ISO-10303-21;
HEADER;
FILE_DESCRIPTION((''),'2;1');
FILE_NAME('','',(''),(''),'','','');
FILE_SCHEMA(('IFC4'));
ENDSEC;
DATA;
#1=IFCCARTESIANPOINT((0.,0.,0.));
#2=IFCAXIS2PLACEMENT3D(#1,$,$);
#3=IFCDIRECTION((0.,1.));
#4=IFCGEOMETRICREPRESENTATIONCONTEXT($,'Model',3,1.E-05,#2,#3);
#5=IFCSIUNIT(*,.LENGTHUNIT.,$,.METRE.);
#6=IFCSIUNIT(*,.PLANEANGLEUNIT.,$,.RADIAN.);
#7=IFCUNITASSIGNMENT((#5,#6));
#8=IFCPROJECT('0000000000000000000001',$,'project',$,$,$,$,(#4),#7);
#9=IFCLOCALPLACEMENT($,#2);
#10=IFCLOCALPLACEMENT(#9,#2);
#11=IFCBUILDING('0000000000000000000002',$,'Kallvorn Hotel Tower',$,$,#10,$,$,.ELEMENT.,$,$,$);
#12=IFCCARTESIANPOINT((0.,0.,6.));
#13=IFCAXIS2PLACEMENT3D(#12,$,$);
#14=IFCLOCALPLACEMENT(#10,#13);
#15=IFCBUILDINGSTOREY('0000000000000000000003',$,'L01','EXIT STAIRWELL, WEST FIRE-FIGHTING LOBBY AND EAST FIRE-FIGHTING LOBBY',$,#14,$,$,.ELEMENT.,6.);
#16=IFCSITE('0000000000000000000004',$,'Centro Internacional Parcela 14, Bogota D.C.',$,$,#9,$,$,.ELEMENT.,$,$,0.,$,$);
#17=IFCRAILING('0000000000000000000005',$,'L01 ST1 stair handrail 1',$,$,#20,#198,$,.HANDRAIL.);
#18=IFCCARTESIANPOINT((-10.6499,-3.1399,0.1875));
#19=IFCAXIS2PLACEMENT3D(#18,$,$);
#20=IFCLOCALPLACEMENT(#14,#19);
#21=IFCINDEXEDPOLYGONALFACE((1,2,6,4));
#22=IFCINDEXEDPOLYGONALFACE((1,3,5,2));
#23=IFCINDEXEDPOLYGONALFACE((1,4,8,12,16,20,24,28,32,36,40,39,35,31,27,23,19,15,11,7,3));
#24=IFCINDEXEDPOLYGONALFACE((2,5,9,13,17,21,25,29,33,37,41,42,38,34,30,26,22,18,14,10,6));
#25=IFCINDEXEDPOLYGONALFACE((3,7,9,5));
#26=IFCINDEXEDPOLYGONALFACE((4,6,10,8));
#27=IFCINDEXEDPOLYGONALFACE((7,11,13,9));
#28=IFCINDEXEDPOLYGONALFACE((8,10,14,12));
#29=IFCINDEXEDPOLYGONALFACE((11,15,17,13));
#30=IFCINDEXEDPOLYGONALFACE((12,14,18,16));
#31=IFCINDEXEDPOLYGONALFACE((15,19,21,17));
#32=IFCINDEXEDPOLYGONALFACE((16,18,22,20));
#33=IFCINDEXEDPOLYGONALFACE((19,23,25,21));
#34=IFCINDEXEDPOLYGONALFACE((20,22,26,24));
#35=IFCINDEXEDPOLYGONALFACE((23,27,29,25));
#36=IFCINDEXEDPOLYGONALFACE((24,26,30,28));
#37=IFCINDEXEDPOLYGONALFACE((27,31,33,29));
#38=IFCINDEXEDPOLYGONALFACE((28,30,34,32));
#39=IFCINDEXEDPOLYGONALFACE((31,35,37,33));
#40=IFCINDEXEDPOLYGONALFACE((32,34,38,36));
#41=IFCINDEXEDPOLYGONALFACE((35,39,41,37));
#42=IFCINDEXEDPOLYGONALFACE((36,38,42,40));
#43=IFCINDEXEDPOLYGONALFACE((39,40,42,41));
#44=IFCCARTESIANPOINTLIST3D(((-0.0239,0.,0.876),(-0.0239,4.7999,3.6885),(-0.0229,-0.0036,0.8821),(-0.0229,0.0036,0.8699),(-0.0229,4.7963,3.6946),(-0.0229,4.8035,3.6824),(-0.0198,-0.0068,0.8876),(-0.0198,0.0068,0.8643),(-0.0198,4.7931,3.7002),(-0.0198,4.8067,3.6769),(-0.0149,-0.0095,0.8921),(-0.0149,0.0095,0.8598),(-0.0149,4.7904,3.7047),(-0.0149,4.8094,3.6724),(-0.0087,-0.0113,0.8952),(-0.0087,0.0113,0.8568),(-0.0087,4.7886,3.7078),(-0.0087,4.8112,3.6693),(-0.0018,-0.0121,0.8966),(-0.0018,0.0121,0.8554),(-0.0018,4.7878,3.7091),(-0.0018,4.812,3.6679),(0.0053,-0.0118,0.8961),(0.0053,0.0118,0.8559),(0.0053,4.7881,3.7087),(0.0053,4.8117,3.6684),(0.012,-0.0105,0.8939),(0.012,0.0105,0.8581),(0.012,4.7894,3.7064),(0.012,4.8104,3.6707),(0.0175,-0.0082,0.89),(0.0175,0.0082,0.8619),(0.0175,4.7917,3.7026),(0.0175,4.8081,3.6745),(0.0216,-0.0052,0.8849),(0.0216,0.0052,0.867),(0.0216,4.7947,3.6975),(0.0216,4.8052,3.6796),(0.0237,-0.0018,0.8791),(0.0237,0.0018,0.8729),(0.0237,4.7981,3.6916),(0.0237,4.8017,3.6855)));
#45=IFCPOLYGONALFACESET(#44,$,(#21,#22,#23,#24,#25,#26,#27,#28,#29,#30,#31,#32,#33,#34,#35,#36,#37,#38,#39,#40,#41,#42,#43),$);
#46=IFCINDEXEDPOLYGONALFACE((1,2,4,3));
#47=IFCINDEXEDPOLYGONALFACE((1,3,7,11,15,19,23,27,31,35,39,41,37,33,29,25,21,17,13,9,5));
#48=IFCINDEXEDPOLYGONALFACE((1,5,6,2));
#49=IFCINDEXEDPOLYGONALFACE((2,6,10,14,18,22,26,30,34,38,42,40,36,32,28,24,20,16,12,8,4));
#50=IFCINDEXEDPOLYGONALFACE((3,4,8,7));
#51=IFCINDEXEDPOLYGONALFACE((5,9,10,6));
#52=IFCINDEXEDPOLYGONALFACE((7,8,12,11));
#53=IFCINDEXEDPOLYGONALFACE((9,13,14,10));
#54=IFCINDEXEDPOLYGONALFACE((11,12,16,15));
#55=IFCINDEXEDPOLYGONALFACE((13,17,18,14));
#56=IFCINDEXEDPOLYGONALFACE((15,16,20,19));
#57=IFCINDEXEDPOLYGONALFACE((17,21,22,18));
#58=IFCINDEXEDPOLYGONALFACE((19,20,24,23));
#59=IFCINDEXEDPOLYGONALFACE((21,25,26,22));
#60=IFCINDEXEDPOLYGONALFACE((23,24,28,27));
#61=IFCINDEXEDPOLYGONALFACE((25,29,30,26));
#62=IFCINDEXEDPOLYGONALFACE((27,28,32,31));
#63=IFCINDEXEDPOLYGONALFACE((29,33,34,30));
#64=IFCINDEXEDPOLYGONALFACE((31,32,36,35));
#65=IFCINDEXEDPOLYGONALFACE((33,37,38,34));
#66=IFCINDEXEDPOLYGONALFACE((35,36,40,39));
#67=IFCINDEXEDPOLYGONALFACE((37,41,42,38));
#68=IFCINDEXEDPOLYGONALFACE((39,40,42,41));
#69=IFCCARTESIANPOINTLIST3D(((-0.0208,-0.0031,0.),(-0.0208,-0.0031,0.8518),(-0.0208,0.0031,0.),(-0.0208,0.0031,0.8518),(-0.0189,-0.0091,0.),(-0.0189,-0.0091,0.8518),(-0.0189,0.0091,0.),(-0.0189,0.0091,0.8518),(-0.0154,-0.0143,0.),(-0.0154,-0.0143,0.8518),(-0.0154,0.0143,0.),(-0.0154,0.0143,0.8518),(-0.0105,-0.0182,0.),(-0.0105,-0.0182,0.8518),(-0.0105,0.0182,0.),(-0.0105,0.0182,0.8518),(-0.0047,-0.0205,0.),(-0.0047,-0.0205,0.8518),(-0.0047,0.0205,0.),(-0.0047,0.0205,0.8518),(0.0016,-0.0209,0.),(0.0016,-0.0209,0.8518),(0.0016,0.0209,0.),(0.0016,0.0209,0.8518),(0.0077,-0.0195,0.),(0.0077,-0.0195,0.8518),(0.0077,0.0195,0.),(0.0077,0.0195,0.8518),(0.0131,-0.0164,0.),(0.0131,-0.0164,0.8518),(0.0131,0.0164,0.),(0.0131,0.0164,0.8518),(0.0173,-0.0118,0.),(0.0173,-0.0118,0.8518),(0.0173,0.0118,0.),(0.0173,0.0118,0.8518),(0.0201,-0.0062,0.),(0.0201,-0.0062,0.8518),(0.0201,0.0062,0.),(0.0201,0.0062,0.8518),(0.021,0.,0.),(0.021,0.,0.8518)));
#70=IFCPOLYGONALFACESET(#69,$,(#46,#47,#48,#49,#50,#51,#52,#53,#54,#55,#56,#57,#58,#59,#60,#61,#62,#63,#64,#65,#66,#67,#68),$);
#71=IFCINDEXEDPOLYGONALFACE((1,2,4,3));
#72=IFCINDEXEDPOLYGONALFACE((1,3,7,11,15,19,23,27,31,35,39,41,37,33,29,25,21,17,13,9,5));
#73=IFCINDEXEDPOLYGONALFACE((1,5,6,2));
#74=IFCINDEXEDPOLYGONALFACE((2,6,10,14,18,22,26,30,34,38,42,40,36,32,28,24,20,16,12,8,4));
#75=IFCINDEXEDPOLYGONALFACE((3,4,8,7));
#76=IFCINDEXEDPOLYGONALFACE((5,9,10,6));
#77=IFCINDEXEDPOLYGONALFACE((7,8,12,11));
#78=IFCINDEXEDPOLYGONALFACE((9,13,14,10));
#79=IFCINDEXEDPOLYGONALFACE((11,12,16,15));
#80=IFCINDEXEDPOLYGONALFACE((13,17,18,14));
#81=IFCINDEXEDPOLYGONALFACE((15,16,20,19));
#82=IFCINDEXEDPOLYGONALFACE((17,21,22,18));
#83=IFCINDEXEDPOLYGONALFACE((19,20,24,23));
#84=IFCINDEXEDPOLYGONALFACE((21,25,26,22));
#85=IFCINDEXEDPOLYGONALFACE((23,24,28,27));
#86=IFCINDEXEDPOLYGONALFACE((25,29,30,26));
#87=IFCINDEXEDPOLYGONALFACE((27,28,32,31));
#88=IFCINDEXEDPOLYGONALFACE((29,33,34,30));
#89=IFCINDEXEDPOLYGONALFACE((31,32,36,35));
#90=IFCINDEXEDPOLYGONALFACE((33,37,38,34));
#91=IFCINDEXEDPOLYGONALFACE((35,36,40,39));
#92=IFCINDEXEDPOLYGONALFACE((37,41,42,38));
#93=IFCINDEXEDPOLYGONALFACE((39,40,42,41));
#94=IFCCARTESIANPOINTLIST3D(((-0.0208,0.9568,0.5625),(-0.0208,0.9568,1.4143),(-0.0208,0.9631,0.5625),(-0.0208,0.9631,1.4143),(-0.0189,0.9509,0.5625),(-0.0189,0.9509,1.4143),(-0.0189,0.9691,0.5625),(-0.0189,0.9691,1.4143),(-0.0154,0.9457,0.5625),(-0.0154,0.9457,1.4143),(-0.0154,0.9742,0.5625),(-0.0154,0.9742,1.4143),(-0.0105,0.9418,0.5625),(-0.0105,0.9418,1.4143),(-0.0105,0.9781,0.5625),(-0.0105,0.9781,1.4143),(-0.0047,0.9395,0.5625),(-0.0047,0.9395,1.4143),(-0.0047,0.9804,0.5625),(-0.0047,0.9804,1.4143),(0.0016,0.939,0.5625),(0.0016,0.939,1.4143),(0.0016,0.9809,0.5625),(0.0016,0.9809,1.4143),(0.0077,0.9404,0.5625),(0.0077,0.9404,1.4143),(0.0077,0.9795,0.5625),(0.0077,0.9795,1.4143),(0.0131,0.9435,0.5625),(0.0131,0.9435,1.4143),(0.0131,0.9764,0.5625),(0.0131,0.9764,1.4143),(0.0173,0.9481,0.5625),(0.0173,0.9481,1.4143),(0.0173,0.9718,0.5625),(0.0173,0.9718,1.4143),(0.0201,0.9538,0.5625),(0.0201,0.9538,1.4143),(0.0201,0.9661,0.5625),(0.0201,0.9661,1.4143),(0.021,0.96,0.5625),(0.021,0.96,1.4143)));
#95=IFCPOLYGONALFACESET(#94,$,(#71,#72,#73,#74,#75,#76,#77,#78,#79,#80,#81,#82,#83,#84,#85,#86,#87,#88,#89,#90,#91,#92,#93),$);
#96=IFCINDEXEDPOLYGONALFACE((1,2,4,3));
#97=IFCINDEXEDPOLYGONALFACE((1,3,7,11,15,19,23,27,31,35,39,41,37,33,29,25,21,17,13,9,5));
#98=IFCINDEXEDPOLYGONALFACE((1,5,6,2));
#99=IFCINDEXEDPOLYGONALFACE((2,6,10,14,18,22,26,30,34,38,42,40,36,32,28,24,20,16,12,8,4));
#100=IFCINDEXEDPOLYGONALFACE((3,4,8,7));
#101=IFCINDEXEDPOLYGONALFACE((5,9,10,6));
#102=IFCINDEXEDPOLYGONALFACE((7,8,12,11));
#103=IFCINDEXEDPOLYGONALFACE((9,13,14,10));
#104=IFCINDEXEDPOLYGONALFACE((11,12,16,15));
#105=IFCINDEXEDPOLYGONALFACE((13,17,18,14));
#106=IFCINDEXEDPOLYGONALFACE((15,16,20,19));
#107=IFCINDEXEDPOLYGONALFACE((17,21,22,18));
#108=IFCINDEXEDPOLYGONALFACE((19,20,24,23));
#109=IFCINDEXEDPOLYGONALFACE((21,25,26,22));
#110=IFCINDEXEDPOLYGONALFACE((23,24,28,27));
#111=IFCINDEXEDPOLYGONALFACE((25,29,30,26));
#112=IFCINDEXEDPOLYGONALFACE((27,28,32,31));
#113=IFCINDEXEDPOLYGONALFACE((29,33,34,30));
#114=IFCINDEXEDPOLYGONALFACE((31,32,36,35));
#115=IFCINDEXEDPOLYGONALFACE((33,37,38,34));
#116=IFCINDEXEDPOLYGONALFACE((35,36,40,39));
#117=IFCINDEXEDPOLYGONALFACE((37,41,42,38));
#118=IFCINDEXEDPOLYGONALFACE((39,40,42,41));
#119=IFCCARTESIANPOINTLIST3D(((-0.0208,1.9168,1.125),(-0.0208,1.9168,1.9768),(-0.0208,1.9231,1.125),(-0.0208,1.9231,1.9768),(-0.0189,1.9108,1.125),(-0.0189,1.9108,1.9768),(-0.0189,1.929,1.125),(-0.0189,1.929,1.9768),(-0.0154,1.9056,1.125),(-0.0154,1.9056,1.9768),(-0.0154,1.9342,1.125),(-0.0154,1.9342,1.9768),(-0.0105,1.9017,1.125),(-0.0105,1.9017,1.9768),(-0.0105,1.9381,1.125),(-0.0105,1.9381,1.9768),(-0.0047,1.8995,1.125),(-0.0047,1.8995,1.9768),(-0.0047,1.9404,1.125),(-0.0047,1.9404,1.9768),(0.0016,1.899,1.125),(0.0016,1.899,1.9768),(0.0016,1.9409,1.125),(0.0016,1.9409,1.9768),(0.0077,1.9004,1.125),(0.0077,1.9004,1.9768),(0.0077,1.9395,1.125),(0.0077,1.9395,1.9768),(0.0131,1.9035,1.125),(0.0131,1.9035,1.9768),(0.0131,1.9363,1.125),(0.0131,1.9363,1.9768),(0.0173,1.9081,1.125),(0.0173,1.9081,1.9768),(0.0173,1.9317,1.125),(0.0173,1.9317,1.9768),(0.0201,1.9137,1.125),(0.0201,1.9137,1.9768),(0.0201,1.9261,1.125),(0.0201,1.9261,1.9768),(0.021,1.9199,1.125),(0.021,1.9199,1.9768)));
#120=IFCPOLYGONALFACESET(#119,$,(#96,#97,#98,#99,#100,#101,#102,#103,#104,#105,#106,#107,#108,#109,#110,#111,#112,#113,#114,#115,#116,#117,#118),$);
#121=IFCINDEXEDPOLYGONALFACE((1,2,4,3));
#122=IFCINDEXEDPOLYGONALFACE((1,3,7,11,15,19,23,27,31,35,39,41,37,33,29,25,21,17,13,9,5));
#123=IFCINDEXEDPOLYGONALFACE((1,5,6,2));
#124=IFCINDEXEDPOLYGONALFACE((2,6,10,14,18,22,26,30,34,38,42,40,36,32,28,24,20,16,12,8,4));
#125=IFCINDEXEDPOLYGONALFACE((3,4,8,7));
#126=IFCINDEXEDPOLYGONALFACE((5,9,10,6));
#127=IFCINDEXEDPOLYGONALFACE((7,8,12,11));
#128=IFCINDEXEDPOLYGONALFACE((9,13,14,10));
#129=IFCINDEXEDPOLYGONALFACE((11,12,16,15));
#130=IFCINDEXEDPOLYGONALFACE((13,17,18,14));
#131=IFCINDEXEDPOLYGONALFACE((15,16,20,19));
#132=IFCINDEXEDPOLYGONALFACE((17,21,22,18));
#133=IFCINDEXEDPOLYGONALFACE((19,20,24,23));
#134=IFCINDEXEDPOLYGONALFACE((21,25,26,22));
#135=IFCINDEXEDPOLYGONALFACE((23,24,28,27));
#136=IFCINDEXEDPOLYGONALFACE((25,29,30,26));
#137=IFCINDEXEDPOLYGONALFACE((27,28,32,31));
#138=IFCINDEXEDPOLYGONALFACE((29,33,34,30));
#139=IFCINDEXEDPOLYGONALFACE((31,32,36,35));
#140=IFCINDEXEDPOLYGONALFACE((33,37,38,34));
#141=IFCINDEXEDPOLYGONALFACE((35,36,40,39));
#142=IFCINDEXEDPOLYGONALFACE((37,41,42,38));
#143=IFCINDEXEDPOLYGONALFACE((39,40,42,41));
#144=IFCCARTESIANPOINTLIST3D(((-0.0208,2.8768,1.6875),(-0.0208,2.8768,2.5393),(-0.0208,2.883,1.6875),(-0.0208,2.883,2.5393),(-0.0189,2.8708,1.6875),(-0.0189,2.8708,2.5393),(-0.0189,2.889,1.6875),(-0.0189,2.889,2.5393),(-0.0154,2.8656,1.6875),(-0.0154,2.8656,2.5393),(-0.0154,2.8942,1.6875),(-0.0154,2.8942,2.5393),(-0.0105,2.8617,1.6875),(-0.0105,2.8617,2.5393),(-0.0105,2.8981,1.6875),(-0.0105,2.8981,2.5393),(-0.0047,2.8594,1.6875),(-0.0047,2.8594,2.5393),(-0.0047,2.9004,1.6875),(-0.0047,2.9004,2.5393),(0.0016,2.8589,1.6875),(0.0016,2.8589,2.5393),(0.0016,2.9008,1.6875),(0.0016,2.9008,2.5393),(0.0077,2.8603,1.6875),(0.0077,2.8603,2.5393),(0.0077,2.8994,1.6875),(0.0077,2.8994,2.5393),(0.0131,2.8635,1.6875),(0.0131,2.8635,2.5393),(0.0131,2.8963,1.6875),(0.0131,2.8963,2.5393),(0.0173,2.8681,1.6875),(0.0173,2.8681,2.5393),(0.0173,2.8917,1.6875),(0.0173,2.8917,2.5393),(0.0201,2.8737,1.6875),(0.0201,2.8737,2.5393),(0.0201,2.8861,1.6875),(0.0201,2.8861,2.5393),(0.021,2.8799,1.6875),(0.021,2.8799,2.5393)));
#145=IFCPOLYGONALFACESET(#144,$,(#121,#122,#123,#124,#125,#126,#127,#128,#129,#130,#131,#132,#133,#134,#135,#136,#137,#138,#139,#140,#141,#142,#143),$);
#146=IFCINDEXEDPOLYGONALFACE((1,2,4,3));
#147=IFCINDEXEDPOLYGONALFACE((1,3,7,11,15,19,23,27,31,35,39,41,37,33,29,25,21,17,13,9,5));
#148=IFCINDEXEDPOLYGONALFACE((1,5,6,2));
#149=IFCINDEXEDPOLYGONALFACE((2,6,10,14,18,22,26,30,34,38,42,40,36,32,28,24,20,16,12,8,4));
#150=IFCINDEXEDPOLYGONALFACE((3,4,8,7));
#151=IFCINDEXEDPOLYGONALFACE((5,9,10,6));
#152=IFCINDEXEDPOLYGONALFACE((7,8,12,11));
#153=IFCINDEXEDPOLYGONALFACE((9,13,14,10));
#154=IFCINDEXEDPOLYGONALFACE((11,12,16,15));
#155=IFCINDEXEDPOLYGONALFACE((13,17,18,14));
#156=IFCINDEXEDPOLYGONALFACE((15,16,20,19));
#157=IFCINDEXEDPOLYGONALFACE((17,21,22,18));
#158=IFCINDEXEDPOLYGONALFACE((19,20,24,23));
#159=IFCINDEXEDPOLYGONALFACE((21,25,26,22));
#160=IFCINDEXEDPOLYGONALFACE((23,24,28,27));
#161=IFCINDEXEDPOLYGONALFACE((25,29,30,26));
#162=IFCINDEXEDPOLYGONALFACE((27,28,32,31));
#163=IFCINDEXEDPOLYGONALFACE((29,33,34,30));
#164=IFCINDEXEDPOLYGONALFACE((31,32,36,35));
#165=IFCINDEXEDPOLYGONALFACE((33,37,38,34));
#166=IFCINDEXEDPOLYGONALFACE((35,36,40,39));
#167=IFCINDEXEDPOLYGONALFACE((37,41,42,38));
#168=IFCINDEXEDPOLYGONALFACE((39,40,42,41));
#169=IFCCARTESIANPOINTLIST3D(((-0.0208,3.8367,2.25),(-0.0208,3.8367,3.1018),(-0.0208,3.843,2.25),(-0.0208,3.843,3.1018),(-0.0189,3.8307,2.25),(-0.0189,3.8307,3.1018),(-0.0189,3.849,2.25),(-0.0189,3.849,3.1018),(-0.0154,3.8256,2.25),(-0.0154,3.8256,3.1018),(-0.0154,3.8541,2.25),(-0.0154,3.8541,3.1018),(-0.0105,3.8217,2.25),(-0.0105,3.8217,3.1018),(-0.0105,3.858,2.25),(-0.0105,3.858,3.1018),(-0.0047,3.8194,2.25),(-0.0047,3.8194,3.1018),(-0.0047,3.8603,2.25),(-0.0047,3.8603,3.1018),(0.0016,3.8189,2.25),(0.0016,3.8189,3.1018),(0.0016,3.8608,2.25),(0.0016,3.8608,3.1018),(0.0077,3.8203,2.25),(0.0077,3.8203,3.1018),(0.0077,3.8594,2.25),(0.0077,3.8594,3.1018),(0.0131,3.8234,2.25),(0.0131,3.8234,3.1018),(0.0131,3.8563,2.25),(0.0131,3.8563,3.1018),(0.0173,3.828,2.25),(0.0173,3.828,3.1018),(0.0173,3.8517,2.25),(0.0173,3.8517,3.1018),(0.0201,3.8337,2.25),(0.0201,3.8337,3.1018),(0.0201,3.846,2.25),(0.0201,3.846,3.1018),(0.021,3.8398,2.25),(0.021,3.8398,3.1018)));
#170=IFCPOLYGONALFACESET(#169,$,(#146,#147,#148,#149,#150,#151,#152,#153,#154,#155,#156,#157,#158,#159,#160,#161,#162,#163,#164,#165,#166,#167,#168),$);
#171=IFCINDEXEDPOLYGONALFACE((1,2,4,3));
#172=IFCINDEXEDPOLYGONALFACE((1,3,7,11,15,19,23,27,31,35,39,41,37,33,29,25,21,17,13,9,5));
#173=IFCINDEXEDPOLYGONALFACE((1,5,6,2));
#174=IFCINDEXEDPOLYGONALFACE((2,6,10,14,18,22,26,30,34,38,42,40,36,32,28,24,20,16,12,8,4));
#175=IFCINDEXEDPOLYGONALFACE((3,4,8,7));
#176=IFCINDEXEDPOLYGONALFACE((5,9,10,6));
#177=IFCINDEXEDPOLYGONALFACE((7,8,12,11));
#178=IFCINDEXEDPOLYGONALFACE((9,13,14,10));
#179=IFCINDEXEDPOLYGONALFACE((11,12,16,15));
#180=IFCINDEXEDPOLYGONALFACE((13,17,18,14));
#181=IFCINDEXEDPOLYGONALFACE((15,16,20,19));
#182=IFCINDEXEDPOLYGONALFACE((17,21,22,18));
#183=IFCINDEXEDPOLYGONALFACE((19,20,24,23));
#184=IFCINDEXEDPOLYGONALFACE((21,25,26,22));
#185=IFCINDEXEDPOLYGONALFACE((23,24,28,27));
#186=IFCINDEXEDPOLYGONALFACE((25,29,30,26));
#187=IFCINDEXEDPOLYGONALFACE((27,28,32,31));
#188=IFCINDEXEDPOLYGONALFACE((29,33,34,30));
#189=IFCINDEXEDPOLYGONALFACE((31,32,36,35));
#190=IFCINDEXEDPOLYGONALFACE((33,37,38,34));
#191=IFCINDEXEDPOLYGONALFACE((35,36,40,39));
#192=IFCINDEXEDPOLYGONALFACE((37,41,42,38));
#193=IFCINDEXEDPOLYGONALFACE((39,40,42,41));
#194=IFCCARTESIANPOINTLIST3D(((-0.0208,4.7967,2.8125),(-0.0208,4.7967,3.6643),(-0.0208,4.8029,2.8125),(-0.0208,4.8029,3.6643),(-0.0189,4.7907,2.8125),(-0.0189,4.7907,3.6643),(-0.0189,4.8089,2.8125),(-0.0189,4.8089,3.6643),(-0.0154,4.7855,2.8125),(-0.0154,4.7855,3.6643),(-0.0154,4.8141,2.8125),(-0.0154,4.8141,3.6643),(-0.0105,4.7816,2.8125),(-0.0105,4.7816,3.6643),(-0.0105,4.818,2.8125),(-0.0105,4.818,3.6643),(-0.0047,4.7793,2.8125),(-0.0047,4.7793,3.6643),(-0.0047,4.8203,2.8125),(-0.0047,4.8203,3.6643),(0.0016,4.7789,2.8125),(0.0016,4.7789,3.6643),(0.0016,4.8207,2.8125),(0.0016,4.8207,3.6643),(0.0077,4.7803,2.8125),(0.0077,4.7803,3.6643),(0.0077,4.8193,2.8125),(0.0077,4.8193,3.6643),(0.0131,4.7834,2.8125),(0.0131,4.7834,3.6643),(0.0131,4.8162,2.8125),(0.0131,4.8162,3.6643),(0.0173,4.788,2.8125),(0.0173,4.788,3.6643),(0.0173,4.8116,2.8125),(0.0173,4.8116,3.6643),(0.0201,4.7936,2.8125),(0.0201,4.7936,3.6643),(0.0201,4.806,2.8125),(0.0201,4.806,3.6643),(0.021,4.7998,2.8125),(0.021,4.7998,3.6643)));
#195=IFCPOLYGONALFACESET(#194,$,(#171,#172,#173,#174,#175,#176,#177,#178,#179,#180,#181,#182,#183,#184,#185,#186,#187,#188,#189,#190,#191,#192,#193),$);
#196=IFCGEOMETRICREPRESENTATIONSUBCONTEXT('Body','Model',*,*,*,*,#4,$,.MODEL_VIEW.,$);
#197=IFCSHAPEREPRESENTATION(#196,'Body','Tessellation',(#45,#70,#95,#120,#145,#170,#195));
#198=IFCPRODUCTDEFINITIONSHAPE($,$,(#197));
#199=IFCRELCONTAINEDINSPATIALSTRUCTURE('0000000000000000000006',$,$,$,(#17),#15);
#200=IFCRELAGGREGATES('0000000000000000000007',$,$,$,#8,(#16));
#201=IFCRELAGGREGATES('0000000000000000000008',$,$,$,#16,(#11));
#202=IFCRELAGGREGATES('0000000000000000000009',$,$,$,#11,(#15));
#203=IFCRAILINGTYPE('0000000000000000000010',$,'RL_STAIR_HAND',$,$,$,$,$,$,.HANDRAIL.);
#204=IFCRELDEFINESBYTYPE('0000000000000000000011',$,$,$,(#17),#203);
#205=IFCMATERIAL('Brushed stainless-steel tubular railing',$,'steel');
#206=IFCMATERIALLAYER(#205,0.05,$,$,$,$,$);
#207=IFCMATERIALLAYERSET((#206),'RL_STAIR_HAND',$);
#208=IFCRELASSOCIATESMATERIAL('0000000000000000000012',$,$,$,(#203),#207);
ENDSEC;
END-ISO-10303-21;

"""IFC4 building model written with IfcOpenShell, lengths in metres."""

from ifc_helpers import new_model, si_unit, direction, frame, origin, origin_2d, place, context, subcontext, project, spatial, circle, extrude, material, layer, layer_set, type_object, element, save


model = new_model("IFC4")

# Units and contexts
model_context = context("Model", 3, precision=1e-05, world=origin(), true_north=direction((0.0, 1.0)))
body_context = subcontext(model_context, "Body", "Model", "MODEL_VIEW")
ifc_project = project(units=[si_unit("LENGTHUNIT", "METRE"), si_unit("PLANEANGLEUNIT", "RADIAN")], contexts=[model_context])

# Site, building, storey
site_placement = place(None, origin())
site = spatial("IfcSite", under=ifc_project, at=site_placement, Name="Centro Internacional Parcela 14, Bogota D.C.", CompositionType="ELEMENT", RefElevation=0.0)
building_placement = place(site_placement, origin())
building = spatial("IfcBuilding", under=site, at=building_placement, Name="Kallvorn Hotel Tower", CompositionType="ELEMENT")
storey_placement = place(building_placement, frame((0.0, 0.0, 6.0)))
storey = spatial("IfcBuildingStorey", under=building, at=storey_placement, Name="L01", Description="EXIT STAIRWELL, WEST FIRE-FIGHTING LOBBY AND EAST FIRE-FIGHTING LOBBY", CompositionType="ELEMENT", Elevation=6.0)

# Railing
ifc_material_1 = material(Name="Brushed stainless-steel tubular railing", Category="steel")
ifc_layer_1 = layer(ifc_material_1, 0.05)
ifc_layer_set_1 = layer_set([ifc_layer_1], Name="RL_STAIR_HAND")
railing_type_1 = type_object("IfcRailingType", Name="RL_STAIR_HAND", PredefinedType="HANDRAIL", material=ifc_layer_set_1)
railing_1_placement = place(storey_placement, frame((-10.6499, -3.1399, 0.1875)))
element("IfcRailing", 1, at=railing_1_placement, inside=storey, type_object=railing_type_1, Name="L01 ST1 stair handrail 1", PredefinedType="HANDRAIL", context=body_context, shape_type="SweptSolid", body=[
    extrude(circle(Radius=0.0239, at=origin_2d()), frame((0.0, 0.0, 0.876), z_axis=(0.0, 0.86279, 0.505562), x_axis=(-1.0, 0.0, 0.0)), (0.0, 0.0, 1.0), 5.5632),
    extrude(circle(Radius=0.021, at=origin_2d()), origin(), (0.0, 0.0, 1.0), 0.8518),
    extrude(circle(Radius=0.021, at=origin_2d()), frame((0.0, 0.96, 0.5625)), (0.0, 0.0, 1.0), 0.8518),
    extrude(circle(Radius=0.021, at=origin_2d()), frame((0.0, 1.9199, 1.125)), (0.0, 0.0, 1.0), 0.8518),
    extrude(circle(Radius=0.021, at=origin_2d()), frame((0.0, 2.8799, 1.6875)), (0.0, 0.0, 1.0), 0.8518),
    extrude(circle(Radius=0.021, at=origin_2d()), frame((0.0, 3.8398, 2.25)), (0.0, 0.0, 1.0), 0.8518),
    extrude(circle(Radius=0.021, at=origin_2d()), frame((0.0, 4.7998, 2.8125)), (0.0, 0.0, 1.0), 0.8518),
])

save(model, "model.ifc")
